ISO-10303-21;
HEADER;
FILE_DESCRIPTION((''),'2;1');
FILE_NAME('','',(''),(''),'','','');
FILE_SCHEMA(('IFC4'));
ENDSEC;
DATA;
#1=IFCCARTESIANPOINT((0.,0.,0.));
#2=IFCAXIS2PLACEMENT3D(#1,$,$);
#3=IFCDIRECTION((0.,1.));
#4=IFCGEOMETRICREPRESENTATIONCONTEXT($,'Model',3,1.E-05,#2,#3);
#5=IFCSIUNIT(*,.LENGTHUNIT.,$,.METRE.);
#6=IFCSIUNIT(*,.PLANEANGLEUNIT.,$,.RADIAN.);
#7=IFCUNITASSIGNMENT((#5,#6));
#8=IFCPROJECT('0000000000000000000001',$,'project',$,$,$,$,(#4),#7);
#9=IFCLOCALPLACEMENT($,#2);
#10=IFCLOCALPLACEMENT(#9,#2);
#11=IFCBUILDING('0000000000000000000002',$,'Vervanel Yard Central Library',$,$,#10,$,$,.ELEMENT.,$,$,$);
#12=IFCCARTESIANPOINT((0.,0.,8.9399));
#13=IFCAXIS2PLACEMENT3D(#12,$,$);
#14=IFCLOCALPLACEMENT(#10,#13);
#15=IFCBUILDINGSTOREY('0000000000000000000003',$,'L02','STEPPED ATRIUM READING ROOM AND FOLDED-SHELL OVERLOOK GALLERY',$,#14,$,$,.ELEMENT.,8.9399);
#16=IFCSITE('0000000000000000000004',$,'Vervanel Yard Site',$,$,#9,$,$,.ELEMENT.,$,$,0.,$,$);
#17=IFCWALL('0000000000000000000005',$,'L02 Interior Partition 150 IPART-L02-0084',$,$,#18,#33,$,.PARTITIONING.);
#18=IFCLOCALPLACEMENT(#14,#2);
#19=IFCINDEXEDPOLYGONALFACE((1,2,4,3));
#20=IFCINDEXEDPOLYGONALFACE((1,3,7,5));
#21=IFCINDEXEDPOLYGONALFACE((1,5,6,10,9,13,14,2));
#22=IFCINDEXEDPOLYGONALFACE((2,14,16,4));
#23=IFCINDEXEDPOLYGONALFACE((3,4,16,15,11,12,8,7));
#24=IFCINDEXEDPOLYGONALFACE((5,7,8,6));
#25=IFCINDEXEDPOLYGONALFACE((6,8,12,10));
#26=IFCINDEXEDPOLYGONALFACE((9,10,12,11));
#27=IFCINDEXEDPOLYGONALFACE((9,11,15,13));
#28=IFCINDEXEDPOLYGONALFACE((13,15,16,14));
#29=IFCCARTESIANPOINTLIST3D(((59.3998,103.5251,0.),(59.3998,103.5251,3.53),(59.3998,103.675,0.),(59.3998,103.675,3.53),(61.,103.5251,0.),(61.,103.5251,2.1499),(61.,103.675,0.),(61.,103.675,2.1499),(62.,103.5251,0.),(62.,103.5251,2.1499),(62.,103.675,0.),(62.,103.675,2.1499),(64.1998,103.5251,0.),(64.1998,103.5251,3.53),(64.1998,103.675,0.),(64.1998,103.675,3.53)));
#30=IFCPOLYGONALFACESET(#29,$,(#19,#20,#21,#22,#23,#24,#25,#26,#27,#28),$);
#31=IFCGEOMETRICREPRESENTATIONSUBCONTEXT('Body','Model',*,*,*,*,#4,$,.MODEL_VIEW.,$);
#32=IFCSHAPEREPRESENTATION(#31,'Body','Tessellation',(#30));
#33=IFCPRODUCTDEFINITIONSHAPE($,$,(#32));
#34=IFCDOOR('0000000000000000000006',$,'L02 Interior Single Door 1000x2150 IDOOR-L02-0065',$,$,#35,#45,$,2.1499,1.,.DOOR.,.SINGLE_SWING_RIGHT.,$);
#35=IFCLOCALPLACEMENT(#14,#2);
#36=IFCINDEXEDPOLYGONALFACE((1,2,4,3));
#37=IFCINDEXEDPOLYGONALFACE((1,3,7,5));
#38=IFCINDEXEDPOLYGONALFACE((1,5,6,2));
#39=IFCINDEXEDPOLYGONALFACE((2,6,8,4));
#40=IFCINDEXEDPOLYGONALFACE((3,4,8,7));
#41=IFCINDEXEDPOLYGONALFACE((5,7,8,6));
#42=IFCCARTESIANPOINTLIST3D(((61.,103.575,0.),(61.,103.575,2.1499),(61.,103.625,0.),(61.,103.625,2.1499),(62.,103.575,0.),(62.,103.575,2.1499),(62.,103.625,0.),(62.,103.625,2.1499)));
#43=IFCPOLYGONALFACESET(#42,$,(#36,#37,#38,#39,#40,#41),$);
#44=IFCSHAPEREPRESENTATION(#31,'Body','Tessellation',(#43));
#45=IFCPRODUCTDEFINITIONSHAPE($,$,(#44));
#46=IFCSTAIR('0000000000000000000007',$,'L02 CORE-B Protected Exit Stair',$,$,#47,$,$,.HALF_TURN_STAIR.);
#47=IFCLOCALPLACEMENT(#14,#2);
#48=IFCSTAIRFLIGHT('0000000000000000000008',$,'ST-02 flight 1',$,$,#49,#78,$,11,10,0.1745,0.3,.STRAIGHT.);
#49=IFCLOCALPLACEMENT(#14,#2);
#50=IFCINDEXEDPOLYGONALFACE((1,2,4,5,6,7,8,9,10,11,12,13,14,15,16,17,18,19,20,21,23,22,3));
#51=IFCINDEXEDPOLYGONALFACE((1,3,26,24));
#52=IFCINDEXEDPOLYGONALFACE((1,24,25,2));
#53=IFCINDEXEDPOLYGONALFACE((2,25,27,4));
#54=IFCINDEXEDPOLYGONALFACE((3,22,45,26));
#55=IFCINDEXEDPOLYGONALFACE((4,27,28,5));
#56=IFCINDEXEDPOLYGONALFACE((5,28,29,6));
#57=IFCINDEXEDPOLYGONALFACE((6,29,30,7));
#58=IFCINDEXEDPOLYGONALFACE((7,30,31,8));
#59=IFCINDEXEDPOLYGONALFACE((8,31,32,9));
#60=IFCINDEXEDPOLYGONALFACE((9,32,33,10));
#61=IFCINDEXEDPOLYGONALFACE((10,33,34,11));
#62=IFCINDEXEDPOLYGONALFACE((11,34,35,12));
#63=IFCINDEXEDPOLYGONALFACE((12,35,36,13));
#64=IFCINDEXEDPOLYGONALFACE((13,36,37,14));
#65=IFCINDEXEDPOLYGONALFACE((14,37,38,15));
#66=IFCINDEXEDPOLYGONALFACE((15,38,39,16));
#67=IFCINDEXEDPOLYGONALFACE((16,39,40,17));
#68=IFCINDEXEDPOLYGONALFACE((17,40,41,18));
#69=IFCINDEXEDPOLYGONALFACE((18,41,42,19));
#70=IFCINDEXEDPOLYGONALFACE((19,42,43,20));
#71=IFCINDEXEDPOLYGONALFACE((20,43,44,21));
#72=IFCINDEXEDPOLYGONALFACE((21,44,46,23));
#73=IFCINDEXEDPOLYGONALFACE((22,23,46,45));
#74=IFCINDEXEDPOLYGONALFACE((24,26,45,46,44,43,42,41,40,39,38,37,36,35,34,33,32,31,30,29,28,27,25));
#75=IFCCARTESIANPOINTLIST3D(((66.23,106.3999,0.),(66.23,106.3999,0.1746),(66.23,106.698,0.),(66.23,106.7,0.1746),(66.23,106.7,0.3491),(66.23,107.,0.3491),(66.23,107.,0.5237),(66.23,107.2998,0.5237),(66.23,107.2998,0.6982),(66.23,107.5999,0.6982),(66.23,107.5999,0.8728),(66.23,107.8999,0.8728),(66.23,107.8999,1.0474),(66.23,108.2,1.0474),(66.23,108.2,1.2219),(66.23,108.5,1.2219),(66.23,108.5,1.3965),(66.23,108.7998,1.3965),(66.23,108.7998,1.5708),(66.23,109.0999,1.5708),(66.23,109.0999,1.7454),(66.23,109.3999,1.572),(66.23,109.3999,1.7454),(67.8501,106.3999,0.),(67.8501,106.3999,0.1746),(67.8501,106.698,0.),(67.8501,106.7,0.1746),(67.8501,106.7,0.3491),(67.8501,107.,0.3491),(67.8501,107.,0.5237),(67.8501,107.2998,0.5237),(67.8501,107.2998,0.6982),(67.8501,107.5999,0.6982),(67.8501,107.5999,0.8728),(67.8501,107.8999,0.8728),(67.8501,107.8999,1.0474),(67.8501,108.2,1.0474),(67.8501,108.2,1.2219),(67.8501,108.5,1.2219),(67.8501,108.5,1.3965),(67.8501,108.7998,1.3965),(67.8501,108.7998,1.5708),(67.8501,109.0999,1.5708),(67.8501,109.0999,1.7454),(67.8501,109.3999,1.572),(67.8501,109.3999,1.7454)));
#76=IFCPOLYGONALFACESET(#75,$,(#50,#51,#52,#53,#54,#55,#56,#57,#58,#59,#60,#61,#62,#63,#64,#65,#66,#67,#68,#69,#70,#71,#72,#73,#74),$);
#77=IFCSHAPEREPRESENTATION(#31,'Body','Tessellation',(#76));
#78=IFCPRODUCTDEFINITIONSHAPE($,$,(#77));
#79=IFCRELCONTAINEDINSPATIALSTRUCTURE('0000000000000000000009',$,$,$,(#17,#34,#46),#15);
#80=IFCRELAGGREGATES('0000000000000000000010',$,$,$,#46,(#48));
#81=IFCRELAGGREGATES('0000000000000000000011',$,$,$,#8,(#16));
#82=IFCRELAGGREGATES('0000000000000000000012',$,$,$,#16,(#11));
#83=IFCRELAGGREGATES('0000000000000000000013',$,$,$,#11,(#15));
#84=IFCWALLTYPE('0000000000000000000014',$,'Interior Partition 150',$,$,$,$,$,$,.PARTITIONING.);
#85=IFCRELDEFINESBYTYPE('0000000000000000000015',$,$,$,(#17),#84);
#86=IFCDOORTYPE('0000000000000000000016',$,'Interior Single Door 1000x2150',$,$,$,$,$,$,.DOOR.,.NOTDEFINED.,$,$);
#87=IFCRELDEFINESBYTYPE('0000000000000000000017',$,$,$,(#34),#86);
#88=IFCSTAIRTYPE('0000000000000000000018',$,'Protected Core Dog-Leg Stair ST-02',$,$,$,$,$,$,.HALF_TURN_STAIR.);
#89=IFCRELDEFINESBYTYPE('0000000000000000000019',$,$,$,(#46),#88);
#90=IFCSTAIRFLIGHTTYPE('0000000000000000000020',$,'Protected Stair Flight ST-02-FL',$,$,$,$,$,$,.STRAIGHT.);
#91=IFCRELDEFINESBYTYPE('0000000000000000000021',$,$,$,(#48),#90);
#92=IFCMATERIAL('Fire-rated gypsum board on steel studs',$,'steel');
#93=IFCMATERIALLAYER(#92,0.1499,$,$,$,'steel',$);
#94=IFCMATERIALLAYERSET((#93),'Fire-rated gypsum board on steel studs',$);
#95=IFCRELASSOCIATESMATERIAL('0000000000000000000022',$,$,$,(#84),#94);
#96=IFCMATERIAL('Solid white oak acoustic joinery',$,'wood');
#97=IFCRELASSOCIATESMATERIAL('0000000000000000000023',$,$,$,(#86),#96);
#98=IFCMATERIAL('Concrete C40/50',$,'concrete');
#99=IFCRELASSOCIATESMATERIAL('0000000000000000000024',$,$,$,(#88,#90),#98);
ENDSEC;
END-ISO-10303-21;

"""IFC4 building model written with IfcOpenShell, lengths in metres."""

from ifc_helpers import new_model, si_unit, direction, frame, frame_2d, origin, place, context, subcontext, project, spatial, polyline, rectangle, outline, extrude, material, layer, layer_set, type_object, element, fill, aggregate, save


model = new_model("IFC4")

# Units and contexts
model_context = context("Model", 3, precision=1e-05, world=origin(), true_north=direction((0.0, 1.0)))
body_context = subcontext(model_context, "Body", "Model", "MODEL_VIEW")
ifc_project = project(units=[si_unit("LENGTHUNIT", "METRE"), si_unit("PLANEANGLEUNIT", "RADIAN")], contexts=[model_context])

# Site, building, storey
site_placement = place(None, origin())
site = spatial("IfcSite", under=ifc_project, at=site_placement, Name="Vervanel Yard Site", CompositionType="ELEMENT", RefElevation=0.0)
building_placement = place(site_placement, origin())
building = spatial("IfcBuilding", under=site, at=building_placement, Name="Vervanel Yard Central Library", CompositionType="ELEMENT")
storey_placement = place(building_placement, frame((0.0, 0.0, 8.9399)))
storey = spatial("IfcBuildingStorey", under=building, at=storey_placement, Name="L02", Description="STEPPED ATRIUM READING ROOM AND FOLDED-SHELL OVERLOOK GALLERY", CompositionType="ELEMENT", Elevation=8.9399)

# Shared definitions
ifc_material_1 = material(Name="Concrete C40/50", Category="concrete")

# Wall, opening, door
ifc_material_2 = material(Name="Fire-rated gypsum board on steel studs", Category="steel")
ifc_layer_1 = layer(ifc_material_2, 0.1499, Category="steel")
ifc_layer_set_1 = layer_set([ifc_layer_1], Name="Fire-rated gypsum board on steel studs")
wall_type_1 = type_object("IfcWallType", Name="Interior Partition 150", PredefinedType="PARTITIONING", material=ifc_layer_set_1)
ifc_material_3 = material(Name="Solid white oak acoustic joinery", Category="wood")
wall_1_placement = place(storey_placement, frame((59.3999, 103.6001, 0.0), z_axis=(0.0, 0.0, 1.0), x_axis=(1.0, 0.0, 0.0)))
wall_1 = element("IfcWall", 1, at=wall_1_placement, inside=storey, type_object=wall_type_1, Name="L02 Interior Partition 150 IPART-L02-0084", PredefinedType="PARTITIONING", context=body_context, shape_type="SweptSolid", body=[
    extrude(rectangle(XDim=4.8, YDim=0.1499, at=frame_2d((2.3999, 0.0))), origin(), (0.0, 0.0, 1.0), 3.53),
])
opening_1_placement = place(wall_1_placement, frame((1.6001, 0.0, 0.0)))
opening_1 = element("IfcOpeningElement", 2, at=opening_1_placement, cuts=wall_1, PredefinedType="OPENING", context=body_context, shape_type="SweptSolid", body=[
    extrude(rectangle(XDim=1.0, YDim=2.1499, at=frame_2d((0.5, 1.075))), frame((0.0, 0.085, 0.0), z_axis=(0.0, -1.0, 0.0), x_axis=(1.0, 0.0, 0.0)), (0.0, 0.0, 1.0), 0.1699),
])
door_type_1 = type_object("IfcDoorType", Name="Interior Single Door 1000x2150", OperationType="NOTDEFINED", PredefinedType="DOOR", material=ifc_material_3)
door_1_placement = place(opening_1_placement, origin())
door_1 = element("IfcDoor", 3, at=door_1_placement, inside=storey, type_object=door_type_1, Name="L02 Interior Single Door 1000x2150 IDOOR-L02-0065", OperationType="SINGLE_SWING_RIGHT", OverallHeight=2.1499, OverallWidth=1.0, PredefinedType="DOOR", context=body_context, shape_type="SweptSolid", body=[
    extrude(rectangle(XDim=1.0, YDim=2.1499, at=frame_2d((0.5, 1.075))), frame((0.0, 0.0249, 0.0), z_axis=(0.0, -1.0, 0.0), x_axis=(1.0, 0.0, 0.0)), (0.0, 0.0, 1.0), 0.05),
])
fill(opening_1, door_1)

# Stair, stair flight
stair_type = type_object("IfcStairType", Name="Protected Core Dog-Leg Stair ST-02", PredefinedType="HALF_TURN_STAIR", material=ifc_material_1)
stair_placement = place(storey_placement, origin())
stair = element("IfcStair", 4, at=stair_placement, inside=storey, type_object=stair_type, Name="L02 CORE-B Protected Exit Stair", PredefinedType="HALF_TURN_STAIR")
stair_flight_type = type_object("IfcStairFlightType", Name="Protected Stair Flight ST-02-FL", PredefinedType="STRAIGHT", material=ifc_material_1)
stair_flight_placement = place(storey_placement, frame((67.04, 106.3999, 0.0), z_axis=(0.0, 0.0, 1.0), x_axis=(0.0, 1.0, 0.0)))
stair_flight = element("IfcStairFlight", 5, at=stair_flight_placement, type_object=stair_flight_type, Name="ST-02 flight 1", NumberOfRisers=11, NumberOfTreads=10, PredefinedType="STRAIGHT", RiserHeight=0.1745, TreadLength=0.3, context=body_context, shape_type="SweptSolid", body=[
    extrude(outline(polyline([(0.0, 0.0), (0.0, 0.1746), (0.3, 0.1746), (0.3, 0.3491), (0.6001, 0.3491), (0.6001, 0.5237), (0.8999, 0.5237), (0.8999, 0.6982), (1.2, 0.6982), (1.2, 0.8728), (1.5, 0.8728), (1.5, 1.0474), (1.8, 1.0474), (1.8, 1.2219), (2.1001, 1.2219), (2.1001, 1.3965), (2.3999, 1.3965), (2.3999, 1.5708), (2.7, 1.5708), (2.7, 1.7454), (3.0, 1.7454), (3.0, 1.9199), (3.0, 1.572), (0.2981, 0.0), (0.0, 0.0)])), frame((0.0, 0.8101, 0.0), z_axis=(0.0, -1.0, 0.0), x_axis=(1.0, 0.0, 0.0)), (0.0, 0.0, 1.0), 1.6201),
])
aggregate(stair, [stair_flight])

save(model, "model.ifc")
